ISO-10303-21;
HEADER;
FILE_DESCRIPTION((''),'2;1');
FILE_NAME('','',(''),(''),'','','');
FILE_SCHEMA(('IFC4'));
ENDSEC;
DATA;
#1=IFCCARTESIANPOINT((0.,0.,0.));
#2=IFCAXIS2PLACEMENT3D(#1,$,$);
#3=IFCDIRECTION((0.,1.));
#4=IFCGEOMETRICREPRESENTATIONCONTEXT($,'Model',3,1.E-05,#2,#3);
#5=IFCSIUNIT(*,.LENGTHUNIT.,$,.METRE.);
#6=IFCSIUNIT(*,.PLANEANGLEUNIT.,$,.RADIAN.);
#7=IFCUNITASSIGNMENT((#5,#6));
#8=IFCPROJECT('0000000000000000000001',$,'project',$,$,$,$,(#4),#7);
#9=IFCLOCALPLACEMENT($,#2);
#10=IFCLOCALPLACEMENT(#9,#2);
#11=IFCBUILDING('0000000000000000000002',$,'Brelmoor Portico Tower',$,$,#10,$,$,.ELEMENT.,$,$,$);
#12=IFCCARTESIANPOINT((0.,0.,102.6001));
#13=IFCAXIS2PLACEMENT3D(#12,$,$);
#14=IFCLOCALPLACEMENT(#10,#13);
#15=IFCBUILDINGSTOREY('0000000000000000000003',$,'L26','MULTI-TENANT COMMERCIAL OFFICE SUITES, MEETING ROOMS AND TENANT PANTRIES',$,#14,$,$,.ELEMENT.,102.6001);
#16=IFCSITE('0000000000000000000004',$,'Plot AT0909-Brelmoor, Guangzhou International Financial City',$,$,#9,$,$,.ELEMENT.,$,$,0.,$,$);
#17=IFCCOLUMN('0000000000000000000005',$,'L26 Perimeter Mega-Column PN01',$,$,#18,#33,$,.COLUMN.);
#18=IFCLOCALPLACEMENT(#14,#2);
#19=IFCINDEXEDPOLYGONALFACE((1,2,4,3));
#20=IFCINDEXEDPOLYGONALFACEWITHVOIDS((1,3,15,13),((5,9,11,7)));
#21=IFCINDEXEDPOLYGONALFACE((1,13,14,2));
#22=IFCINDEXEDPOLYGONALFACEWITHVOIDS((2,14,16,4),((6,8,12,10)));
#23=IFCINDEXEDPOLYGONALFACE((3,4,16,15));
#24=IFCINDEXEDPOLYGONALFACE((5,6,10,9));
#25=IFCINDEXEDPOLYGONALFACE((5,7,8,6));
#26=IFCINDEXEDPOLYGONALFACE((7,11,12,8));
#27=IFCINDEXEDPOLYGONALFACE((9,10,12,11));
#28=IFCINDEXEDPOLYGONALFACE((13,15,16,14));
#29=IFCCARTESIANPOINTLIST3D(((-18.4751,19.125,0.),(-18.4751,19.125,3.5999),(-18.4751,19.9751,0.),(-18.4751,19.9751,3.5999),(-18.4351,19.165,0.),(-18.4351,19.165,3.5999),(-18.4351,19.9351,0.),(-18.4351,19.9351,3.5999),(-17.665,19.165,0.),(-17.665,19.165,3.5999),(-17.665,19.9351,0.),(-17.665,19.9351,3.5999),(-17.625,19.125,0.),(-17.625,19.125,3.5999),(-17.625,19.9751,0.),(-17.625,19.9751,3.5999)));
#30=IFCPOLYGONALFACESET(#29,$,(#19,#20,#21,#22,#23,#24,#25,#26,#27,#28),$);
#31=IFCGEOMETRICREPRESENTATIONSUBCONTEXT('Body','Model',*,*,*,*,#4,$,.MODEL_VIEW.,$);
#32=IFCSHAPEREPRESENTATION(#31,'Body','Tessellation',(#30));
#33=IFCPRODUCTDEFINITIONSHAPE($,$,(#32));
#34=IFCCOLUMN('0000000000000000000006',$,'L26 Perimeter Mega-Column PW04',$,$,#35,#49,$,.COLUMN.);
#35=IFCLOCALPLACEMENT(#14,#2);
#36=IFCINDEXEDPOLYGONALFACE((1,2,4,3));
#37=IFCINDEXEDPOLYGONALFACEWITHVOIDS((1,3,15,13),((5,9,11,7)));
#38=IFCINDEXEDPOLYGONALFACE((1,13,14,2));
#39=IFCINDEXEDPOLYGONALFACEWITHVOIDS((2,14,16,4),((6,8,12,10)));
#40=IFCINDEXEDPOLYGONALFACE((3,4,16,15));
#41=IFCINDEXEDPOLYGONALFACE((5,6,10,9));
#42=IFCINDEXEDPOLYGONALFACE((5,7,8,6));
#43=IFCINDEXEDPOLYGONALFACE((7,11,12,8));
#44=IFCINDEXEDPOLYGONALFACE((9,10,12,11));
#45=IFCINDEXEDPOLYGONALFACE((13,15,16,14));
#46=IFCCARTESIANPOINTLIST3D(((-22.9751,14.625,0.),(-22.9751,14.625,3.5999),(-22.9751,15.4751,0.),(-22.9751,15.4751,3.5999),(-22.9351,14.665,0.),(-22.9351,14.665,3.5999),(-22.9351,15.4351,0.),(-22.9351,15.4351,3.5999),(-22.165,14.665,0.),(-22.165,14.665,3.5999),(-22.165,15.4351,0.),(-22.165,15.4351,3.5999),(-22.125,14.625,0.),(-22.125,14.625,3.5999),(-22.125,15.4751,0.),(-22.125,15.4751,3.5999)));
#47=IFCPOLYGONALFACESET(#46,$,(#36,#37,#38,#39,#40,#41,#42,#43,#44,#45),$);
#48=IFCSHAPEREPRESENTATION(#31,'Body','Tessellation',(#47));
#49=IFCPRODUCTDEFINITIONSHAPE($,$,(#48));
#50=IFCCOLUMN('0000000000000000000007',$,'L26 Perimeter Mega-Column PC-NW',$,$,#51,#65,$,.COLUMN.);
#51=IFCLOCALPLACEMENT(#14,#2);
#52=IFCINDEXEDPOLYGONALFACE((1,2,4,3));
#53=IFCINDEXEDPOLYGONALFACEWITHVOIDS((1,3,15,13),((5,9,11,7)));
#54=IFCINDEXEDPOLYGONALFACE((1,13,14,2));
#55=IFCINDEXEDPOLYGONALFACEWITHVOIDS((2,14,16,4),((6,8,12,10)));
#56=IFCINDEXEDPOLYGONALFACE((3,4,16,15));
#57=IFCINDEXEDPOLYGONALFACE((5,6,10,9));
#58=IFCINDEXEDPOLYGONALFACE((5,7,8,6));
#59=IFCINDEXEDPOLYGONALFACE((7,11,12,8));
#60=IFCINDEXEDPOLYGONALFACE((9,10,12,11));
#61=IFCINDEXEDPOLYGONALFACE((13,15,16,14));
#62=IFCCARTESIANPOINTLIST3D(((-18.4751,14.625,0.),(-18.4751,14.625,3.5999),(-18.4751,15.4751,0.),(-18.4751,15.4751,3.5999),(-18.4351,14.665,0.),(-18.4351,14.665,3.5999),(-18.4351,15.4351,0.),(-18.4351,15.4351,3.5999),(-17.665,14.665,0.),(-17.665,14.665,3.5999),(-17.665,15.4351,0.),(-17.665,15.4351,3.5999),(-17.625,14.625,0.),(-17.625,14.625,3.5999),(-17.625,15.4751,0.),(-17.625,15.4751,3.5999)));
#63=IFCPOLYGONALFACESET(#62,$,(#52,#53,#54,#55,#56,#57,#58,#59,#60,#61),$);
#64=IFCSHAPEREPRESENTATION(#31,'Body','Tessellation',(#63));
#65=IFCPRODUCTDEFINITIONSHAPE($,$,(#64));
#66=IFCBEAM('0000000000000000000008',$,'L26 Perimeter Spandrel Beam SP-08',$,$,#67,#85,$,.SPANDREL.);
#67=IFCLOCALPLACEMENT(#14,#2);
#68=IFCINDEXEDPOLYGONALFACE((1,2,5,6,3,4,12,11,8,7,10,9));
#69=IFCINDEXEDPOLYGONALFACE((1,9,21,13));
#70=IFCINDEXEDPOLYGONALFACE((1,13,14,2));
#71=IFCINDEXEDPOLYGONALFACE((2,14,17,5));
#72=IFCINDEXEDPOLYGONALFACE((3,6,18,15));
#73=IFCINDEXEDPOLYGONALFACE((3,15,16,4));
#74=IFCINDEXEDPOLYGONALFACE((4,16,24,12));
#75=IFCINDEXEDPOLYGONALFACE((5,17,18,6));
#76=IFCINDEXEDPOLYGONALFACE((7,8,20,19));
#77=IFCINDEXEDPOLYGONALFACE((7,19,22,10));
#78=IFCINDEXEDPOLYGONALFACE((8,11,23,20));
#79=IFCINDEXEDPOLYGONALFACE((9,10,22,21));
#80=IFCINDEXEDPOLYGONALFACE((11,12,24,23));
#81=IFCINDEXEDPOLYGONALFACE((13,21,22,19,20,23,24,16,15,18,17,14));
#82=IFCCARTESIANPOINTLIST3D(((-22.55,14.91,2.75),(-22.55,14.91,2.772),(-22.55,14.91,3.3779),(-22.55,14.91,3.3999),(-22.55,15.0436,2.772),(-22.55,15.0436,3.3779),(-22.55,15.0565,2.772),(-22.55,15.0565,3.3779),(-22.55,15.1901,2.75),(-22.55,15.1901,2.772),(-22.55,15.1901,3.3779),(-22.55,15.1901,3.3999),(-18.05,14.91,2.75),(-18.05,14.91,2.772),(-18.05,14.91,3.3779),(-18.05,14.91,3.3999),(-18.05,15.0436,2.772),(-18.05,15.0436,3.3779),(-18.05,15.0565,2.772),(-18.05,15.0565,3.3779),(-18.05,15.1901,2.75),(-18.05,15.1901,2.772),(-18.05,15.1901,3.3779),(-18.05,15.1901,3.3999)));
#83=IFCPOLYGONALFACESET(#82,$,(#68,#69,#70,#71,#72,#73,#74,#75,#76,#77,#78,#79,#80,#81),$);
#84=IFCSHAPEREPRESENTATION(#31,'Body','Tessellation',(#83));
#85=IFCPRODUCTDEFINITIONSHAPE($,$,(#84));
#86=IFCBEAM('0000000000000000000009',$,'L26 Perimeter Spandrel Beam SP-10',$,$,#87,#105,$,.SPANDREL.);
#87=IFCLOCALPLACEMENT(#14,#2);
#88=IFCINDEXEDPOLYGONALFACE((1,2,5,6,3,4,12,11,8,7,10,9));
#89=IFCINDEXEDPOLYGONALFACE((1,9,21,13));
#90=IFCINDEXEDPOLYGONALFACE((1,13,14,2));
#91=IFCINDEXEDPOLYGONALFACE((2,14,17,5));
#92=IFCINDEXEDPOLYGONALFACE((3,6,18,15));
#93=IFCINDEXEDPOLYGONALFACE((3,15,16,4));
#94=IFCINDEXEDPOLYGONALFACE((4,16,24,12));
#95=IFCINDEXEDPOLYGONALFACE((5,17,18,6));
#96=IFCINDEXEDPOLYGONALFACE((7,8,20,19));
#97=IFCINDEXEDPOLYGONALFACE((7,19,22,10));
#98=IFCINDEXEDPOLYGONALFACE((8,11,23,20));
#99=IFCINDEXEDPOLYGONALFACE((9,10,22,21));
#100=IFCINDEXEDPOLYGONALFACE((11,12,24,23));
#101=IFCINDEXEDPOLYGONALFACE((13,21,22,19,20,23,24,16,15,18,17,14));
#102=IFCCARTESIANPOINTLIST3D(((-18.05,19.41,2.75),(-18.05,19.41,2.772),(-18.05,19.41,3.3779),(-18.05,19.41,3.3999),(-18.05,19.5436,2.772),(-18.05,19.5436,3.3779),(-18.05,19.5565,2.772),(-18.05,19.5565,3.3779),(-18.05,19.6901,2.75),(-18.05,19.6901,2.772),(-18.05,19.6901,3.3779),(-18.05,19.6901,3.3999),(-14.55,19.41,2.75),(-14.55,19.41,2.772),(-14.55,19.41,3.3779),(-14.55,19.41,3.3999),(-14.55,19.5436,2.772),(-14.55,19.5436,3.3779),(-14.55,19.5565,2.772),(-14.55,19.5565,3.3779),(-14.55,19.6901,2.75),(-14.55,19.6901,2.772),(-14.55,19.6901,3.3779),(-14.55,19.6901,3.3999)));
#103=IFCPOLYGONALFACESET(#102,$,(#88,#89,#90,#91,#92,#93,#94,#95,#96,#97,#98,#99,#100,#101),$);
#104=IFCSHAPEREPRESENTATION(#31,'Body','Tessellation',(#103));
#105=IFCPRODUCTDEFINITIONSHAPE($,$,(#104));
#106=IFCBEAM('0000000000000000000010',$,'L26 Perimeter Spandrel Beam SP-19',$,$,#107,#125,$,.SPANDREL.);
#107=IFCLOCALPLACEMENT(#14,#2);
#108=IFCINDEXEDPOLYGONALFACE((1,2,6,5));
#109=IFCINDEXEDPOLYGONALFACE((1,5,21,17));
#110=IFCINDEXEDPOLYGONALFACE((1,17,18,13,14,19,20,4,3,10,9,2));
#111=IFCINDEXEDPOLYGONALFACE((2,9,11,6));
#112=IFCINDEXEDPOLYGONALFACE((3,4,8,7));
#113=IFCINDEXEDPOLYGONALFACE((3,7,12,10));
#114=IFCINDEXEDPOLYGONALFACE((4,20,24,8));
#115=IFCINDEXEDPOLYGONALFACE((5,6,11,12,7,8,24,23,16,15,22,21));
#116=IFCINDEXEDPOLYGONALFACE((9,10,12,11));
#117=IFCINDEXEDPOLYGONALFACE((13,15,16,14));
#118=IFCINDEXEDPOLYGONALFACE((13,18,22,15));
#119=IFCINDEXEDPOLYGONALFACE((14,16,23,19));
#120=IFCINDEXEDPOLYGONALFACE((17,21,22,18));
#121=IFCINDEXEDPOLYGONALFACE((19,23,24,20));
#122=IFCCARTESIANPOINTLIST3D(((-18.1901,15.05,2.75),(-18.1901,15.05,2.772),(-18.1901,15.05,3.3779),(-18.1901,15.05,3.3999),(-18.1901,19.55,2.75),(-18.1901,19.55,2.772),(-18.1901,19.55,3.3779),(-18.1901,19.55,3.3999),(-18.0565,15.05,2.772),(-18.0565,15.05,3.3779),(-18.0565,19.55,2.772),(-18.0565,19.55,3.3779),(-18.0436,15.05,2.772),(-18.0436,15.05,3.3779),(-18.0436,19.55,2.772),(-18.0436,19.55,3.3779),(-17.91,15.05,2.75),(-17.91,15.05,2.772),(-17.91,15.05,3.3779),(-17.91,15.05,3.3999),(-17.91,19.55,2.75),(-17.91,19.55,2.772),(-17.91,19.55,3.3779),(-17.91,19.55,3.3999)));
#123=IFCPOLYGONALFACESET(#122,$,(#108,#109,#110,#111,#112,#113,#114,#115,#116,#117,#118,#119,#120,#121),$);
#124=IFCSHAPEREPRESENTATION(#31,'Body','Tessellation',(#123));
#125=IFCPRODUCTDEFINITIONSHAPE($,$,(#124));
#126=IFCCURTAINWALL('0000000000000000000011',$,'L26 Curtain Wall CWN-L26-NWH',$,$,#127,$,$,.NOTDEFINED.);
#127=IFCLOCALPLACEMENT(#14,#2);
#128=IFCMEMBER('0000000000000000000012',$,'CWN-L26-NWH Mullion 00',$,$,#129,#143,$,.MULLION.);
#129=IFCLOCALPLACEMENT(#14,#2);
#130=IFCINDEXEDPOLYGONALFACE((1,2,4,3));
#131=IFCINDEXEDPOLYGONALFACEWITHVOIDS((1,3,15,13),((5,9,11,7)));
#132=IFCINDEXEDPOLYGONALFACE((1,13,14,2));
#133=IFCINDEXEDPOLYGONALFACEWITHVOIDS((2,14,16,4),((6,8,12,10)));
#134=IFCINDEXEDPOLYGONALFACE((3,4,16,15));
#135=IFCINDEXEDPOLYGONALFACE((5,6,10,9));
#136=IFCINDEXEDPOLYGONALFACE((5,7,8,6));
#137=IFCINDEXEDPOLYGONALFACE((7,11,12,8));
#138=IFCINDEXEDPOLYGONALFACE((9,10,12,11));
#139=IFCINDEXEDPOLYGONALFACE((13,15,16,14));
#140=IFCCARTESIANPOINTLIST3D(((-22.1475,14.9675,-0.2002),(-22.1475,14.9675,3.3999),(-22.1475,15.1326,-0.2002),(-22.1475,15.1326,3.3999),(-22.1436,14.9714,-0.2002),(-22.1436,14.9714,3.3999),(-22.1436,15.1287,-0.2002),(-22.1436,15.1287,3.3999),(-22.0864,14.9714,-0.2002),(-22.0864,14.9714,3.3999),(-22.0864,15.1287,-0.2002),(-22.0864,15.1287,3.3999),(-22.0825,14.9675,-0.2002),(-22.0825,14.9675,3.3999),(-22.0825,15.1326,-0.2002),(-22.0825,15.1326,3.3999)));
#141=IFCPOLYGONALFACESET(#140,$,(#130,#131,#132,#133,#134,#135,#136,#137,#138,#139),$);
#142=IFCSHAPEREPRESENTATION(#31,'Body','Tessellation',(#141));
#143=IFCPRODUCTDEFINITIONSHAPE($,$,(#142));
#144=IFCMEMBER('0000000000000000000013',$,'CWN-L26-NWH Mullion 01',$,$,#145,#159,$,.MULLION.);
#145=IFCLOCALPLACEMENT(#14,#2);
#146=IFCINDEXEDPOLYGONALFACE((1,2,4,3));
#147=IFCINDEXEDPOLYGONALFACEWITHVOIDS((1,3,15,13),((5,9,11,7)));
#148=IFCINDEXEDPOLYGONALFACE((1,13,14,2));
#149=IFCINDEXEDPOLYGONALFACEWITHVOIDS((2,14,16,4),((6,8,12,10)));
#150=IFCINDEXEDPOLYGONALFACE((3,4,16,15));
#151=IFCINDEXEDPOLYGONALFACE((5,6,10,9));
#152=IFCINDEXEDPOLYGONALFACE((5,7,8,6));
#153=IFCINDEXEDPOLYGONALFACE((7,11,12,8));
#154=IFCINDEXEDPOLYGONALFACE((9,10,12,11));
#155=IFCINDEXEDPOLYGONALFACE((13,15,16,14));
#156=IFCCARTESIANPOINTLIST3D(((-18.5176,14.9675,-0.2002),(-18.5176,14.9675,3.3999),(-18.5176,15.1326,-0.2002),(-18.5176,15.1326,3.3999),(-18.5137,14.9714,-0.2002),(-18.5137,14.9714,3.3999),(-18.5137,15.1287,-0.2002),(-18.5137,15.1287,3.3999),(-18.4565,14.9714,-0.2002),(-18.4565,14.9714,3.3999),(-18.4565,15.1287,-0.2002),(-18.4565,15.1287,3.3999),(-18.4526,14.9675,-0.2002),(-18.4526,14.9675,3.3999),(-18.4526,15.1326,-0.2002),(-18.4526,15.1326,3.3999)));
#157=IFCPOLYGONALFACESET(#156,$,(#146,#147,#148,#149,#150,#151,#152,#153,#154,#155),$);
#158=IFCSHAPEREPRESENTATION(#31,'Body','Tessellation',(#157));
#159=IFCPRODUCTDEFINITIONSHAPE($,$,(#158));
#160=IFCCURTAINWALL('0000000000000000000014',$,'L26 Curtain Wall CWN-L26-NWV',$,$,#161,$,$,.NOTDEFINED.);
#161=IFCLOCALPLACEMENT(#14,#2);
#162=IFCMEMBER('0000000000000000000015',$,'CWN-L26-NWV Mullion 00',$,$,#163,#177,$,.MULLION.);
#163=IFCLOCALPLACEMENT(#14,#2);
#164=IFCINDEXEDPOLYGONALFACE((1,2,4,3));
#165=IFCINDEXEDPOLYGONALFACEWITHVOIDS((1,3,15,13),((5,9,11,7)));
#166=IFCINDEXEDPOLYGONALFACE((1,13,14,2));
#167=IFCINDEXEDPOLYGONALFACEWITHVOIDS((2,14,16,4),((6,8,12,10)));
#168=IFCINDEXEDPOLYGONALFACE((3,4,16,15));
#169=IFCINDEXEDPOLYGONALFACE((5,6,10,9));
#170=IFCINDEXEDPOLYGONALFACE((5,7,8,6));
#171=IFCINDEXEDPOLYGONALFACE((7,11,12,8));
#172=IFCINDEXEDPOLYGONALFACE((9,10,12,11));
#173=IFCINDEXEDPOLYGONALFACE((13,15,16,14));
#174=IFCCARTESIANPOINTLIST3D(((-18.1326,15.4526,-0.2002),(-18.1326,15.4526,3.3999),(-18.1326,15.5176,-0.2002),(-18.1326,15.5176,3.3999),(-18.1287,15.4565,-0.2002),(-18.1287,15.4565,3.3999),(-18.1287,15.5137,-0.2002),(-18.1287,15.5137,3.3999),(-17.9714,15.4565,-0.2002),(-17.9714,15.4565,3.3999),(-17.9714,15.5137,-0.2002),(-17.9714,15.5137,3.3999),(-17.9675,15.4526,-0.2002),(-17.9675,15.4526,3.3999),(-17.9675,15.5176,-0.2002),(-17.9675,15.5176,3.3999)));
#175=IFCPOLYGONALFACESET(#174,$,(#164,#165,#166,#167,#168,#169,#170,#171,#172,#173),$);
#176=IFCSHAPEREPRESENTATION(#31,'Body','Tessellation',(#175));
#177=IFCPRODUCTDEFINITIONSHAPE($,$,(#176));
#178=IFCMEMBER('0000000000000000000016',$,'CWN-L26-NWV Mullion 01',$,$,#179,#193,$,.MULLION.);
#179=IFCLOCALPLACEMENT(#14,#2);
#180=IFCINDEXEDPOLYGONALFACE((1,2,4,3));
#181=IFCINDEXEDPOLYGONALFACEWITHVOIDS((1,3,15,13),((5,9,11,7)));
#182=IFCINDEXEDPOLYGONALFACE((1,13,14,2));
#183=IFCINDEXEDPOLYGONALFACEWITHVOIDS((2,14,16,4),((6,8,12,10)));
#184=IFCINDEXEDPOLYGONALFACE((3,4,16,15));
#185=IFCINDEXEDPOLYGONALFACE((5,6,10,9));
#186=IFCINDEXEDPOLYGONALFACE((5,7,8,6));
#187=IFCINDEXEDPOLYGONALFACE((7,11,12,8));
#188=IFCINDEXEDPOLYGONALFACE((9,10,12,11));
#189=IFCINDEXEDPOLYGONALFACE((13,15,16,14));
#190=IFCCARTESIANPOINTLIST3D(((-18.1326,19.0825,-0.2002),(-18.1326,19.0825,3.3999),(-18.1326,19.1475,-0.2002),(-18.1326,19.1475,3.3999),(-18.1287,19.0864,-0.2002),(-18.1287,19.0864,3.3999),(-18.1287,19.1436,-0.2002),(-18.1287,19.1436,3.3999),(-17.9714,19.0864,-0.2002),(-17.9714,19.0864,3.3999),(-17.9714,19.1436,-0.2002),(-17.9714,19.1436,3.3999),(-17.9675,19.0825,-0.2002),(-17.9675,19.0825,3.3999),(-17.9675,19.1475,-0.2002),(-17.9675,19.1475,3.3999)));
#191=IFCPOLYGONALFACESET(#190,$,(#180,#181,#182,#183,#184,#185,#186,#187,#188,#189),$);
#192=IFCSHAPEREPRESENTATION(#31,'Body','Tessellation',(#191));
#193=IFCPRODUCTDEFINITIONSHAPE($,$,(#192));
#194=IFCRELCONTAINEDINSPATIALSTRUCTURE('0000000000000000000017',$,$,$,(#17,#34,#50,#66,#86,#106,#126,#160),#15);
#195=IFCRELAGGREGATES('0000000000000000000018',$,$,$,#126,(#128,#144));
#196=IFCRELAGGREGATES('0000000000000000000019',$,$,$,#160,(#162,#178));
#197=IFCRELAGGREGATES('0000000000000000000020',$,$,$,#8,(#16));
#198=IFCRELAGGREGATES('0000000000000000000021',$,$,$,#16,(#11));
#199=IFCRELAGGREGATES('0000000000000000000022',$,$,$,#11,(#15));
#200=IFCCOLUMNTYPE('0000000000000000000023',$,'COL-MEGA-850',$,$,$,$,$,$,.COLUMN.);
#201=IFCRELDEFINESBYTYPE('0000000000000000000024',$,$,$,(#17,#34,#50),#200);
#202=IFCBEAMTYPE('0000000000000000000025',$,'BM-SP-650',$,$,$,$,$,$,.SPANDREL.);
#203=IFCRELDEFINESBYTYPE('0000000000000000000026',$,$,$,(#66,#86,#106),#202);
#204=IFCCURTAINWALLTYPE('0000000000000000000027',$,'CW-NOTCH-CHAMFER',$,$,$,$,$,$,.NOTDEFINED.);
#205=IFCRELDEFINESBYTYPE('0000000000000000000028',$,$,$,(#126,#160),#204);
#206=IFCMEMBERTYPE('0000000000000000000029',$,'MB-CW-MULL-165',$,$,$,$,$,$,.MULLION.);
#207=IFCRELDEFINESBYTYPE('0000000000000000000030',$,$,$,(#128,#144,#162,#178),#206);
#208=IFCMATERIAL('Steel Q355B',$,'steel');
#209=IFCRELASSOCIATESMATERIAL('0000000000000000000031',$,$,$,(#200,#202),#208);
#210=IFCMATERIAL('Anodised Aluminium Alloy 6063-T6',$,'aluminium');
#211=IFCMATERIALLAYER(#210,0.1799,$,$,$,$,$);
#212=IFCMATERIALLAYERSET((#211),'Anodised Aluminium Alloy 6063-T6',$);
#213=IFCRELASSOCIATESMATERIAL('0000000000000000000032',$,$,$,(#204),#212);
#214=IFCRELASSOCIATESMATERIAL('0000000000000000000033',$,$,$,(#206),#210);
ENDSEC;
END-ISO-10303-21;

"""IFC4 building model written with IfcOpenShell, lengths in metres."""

from ifc_helpers import new_model, si_unit, direction, frame, origin, origin_2d, place, context, subcontext, project, spatial, hollow_rectangle, i_section, extrude, material, layer, layer_set, material_profile, profile_set, type_object, element, aggregate, save


model = new_model("IFC4")

# Units and contexts
model_context = context("Model", 3, precision=1e-05, world=origin(), true_north=direction((0.0, 1.0)))
body_context = subcontext(model_context, "Body", "Model", "MODEL_VIEW")
ifc_project = project(units=[si_unit("LENGTHUNIT", "METRE"), si_unit("PLANEANGLEUNIT", "RADIAN")], contexts=[model_context])

# Site, building, storey
site_placement = place(None, origin())
site = spatial("IfcSite", under=ifc_project, at=site_placement, Name="Plot AT0909-Brelmoor, Guangzhou International Financial City", CompositionType="ELEMENT", RefElevation=0.0)
building_placement = place(site_placement, origin())
building = spatial("IfcBuilding", under=site, at=building_placement, Name="Brelmoor Portico Tower", CompositionType="ELEMENT")
storey_placement = place(building_placement, frame((0.0, 0.0, 102.6001)))
storey = spatial("IfcBuildingStorey", under=building, at=storey_placement, Name="L26", Description="MULTI-TENANT COMMERCIAL OFFICE SUITES, MEETING ROOMS AND TENANT PANTRIES", CompositionType="ELEMENT", Elevation=102.6001)

# Columns
ifc_material_1 = material(Name="Steel Q355B", Category="steel")
ifc_material_profile_1 = material_profile(ifc_material_1, hollow_rectangle(XDim=0.8501, YDim=0.8501, WallThickness=0.04, at=origin_2d()), Name="BOX 850x850x40")
ifc_profile_set_1 = profile_set([ifc_material_profile_1], Name="Steel Q355B")
column_type = type_object("IfcColumnType", Name="COL-MEGA-850", PredefinedType="COLUMN", material=ifc_profile_set_1)
for number, where, z_axis, x_axis, name in (
    (1, (-18.05, 19.55, 0.0), (0.0, 0.0, 1.0), (1.0, 0.0, 0.0), "L26 Perimeter Mega-Column PN01"),
    (2, (-22.55, 15.05, 0.0), (0.0, 0.0, 1.0), (0.0, 1.0, 0.0), "L26 Perimeter Mega-Column PW04"),
    (3, (-18.05, 15.05, 0.0), (0.0, 0.0, 1.0), (1.0, 0.0, 0.0), "L26 Perimeter Mega-Column PC-NW"),
):
    element("IfcColumn", number, at=place(storey_placement, frame(where, z_axis=z_axis, x_axis=x_axis)), inside=storey, type_object=column_type, Name=name, PredefinedType="COLUMN", context=body_context, shape_type="SweptSolid", body=[
        extrude(hollow_rectangle(XDim=0.8501, YDim=0.8501, WallThickness=0.04, at=origin_2d()), origin(), (0.0, 0.0, 1.0), 3.5999),
    ])

# Beams
ifc_material_profile_2 = material_profile(ifc_material_1, i_section(OverallWidth=0.28, OverallDepth=0.6499, WebThickness=0.0129, FlangeThickness=0.022, at=origin_2d()), Name="HN 650x280x13x22")
ifc_profile_set_2 = profile_set([ifc_material_profile_2], Name="Steel Q355B")
beam_type = type_object("IfcBeamType", Name="BM-SP-650", PredefinedType="SPANDREL", material=ifc_profile_set_2)
beam_1_placement = place(storey_placement, frame((-22.55, 15.05, 3.075), z_axis=(1.0, 0.0, 0.0), x_axis=(0.0, 1.0, 0.0)))
element("IfcBeam", 4, at=beam_1_placement, inside=storey, type_object=beam_type, Name="L26 Perimeter Spandrel Beam SP-08", PredefinedType="SPANDREL", context=body_context, shape_type="SweptSolid", body=[
    extrude(i_section(OverallWidth=0.28, OverallDepth=0.6499, WebThickness=0.0129, FlangeThickness=0.022, at=origin_2d()), origin(), (0.0, 0.0, 1.0), 4.5),
])
beam_2_placement = place(storey_placement, frame((-18.05, 19.55, 3.075), z_axis=(1.0, 0.0, 0.0), x_axis=(0.0, 1.0, 0.0)))
element("IfcBeam", 5, at=beam_2_placement, inside=storey, type_object=beam_type, Name="L26 Perimeter Spandrel Beam SP-10", PredefinedType="SPANDREL", context=body_context, shape_type="SweptSolid", body=[
    extrude(i_section(OverallWidth=0.28, OverallDepth=0.6499, WebThickness=0.0129, FlangeThickness=0.022, at=origin_2d()), origin(), (0.0, 0.0, 1.0), 3.5),
])
beam_3_placement = place(storey_placement, frame((-18.05, 15.05, 3.075), z_axis=(0.0, 1.0, 0.0), x_axis=(-1.0, 0.0, 0.0)))
element("IfcBeam", 6, at=beam_3_placement, inside=storey, type_object=beam_type, Name="L26 Perimeter Spandrel Beam SP-19", PredefinedType="SPANDREL", context=body_context, shape_type="SweptSolid", body=[
    extrude(i_section(OverallWidth=0.28, OverallDepth=0.6499, WebThickness=0.0129, FlangeThickness=0.022, at=origin_2d()), origin(), (0.0, 0.0, 1.0), 4.5),
])

# Curtain walls, members
ifc_material_2 = material(Name="Anodised Aluminium Alloy 6063-T6", Category="aluminium")
ifc_layer_1 = layer(ifc_material_2, 0.1799)
ifc_layer_set_1 = layer_set([ifc_layer_1], Name="Anodised Aluminium Alloy 6063-T6")
curtain_wall_type_1 = type_object("IfcCurtainWallType", Name="CW-NOTCH-CHAMFER", PredefinedType="NOTDEFINED", material=ifc_layer_set_1)
curtain_wall_1_placement = place(storey_placement, origin())
curtain_wall_1 = element("IfcCurtainWall", 7, at=curtain_wall_1_placement, inside=storey, type_object=curtain_wall_type_1, Name="L26 Curtain Wall CWN-L26-NWH", PredefinedType="NOTDEFINED")
ifc_material_profile_3 = material_profile(ifc_material_2, hollow_rectangle(XDim=0.0649, YDim=0.165, WallThickness=0.0039, at=origin_2d()), Name="ALU MULLION 65x165")
ifc_profile_set_3 = profile_set([ifc_material_profile_3], Name="Anodised Aluminium Alloy 6063-T6")
member_type_1 = type_object("IfcMemberType", Name="MB-CW-MULL-165", PredefinedType="MULLION", material=ifc_profile_set_3)
member_1_placement = place(storey_placement, frame((-22.115, 15.05, -0.2002), z_axis=(0.0, 0.0, 1.0), x_axis=(1.0, 0.0, 0.0)))
member_1 = element("IfcMember", 8, at=member_1_placement, type_object=member_type_1, Name="CWN-L26-NWH Mullion 00", PredefinedType="MULLION", context=body_context, shape_type="SweptSolid", body=[
    extrude(hollow_rectangle(XDim=0.0649, YDim=0.165, WallThickness=0.0039, at=origin_2d()), origin(), (0.0, 0.0, 1.0), 3.6001),
])
member_2_placement = place(storey_placement, frame((-18.4851, 15.05, -0.2002), z_axis=(0.0, 0.0, 1.0), x_axis=(1.0, 0.0, 0.0)))
member_2 = element("IfcMember", 9, at=member_2_placement, type_object=member_type_1, Name="CWN-L26-NWH Mullion 01", PredefinedType="MULLION", context=body_context, shape_type="SweptSolid", body=[
    extrude(hollow_rectangle(XDim=0.0649, YDim=0.165, WallThickness=0.0039, at=origin_2d()), origin(), (0.0, 0.0, 1.0), 3.6001),
])
curtain_wall_2_placement = place(storey_placement, origin())
curtain_wall_2 = element("IfcCurtainWall", 10, at=curtain_wall_2_placement, inside=storey, type_object=curtain_wall_type_1, Name="L26 Curtain Wall CWN-L26-NWV", PredefinedType="NOTDEFINED")
member_3_placement = place(storey_placement, frame((-18.05, 15.4851, -0.2002), z_axis=(0.0, 0.0, 1.0), x_axis=(0.0, 1.0, 0.0)))
member_3 = element("IfcMember", 11, at=member_3_placement, type_object=member_type_1, Name="CWN-L26-NWV Mullion 00", PredefinedType="MULLION", context=body_context, shape_type="SweptSolid", body=[
    extrude(hollow_rectangle(XDim=0.0649, YDim=0.165, WallThickness=0.0039, at=origin_2d()), origin(), (0.0, 0.0, 1.0), 3.6001),
])
member_4_placement = place(storey_placement, frame((-18.05, 19.115, -0.2002), z_axis=(0.0, 0.0, 1.0), x_axis=(0.0, 1.0, 0.0)))
member_4 = element("IfcMember", 12, at=member_4_placement, type_object=member_type_1, Name="CWN-L26-NWV Mullion 01", PredefinedType="MULLION", context=body_context, shape_type="SweptSolid", body=[
    extrude(hollow_rectangle(XDim=0.0649, YDim=0.165, WallThickness=0.0039, at=origin_2d()), origin(), (0.0, 0.0, 1.0), 3.6001),
])

aggregate(curtain_wall_1, [member_1, member_2])
aggregate(curtain_wall_2, [member_3, member_4])

save(model, "model.ifc")
